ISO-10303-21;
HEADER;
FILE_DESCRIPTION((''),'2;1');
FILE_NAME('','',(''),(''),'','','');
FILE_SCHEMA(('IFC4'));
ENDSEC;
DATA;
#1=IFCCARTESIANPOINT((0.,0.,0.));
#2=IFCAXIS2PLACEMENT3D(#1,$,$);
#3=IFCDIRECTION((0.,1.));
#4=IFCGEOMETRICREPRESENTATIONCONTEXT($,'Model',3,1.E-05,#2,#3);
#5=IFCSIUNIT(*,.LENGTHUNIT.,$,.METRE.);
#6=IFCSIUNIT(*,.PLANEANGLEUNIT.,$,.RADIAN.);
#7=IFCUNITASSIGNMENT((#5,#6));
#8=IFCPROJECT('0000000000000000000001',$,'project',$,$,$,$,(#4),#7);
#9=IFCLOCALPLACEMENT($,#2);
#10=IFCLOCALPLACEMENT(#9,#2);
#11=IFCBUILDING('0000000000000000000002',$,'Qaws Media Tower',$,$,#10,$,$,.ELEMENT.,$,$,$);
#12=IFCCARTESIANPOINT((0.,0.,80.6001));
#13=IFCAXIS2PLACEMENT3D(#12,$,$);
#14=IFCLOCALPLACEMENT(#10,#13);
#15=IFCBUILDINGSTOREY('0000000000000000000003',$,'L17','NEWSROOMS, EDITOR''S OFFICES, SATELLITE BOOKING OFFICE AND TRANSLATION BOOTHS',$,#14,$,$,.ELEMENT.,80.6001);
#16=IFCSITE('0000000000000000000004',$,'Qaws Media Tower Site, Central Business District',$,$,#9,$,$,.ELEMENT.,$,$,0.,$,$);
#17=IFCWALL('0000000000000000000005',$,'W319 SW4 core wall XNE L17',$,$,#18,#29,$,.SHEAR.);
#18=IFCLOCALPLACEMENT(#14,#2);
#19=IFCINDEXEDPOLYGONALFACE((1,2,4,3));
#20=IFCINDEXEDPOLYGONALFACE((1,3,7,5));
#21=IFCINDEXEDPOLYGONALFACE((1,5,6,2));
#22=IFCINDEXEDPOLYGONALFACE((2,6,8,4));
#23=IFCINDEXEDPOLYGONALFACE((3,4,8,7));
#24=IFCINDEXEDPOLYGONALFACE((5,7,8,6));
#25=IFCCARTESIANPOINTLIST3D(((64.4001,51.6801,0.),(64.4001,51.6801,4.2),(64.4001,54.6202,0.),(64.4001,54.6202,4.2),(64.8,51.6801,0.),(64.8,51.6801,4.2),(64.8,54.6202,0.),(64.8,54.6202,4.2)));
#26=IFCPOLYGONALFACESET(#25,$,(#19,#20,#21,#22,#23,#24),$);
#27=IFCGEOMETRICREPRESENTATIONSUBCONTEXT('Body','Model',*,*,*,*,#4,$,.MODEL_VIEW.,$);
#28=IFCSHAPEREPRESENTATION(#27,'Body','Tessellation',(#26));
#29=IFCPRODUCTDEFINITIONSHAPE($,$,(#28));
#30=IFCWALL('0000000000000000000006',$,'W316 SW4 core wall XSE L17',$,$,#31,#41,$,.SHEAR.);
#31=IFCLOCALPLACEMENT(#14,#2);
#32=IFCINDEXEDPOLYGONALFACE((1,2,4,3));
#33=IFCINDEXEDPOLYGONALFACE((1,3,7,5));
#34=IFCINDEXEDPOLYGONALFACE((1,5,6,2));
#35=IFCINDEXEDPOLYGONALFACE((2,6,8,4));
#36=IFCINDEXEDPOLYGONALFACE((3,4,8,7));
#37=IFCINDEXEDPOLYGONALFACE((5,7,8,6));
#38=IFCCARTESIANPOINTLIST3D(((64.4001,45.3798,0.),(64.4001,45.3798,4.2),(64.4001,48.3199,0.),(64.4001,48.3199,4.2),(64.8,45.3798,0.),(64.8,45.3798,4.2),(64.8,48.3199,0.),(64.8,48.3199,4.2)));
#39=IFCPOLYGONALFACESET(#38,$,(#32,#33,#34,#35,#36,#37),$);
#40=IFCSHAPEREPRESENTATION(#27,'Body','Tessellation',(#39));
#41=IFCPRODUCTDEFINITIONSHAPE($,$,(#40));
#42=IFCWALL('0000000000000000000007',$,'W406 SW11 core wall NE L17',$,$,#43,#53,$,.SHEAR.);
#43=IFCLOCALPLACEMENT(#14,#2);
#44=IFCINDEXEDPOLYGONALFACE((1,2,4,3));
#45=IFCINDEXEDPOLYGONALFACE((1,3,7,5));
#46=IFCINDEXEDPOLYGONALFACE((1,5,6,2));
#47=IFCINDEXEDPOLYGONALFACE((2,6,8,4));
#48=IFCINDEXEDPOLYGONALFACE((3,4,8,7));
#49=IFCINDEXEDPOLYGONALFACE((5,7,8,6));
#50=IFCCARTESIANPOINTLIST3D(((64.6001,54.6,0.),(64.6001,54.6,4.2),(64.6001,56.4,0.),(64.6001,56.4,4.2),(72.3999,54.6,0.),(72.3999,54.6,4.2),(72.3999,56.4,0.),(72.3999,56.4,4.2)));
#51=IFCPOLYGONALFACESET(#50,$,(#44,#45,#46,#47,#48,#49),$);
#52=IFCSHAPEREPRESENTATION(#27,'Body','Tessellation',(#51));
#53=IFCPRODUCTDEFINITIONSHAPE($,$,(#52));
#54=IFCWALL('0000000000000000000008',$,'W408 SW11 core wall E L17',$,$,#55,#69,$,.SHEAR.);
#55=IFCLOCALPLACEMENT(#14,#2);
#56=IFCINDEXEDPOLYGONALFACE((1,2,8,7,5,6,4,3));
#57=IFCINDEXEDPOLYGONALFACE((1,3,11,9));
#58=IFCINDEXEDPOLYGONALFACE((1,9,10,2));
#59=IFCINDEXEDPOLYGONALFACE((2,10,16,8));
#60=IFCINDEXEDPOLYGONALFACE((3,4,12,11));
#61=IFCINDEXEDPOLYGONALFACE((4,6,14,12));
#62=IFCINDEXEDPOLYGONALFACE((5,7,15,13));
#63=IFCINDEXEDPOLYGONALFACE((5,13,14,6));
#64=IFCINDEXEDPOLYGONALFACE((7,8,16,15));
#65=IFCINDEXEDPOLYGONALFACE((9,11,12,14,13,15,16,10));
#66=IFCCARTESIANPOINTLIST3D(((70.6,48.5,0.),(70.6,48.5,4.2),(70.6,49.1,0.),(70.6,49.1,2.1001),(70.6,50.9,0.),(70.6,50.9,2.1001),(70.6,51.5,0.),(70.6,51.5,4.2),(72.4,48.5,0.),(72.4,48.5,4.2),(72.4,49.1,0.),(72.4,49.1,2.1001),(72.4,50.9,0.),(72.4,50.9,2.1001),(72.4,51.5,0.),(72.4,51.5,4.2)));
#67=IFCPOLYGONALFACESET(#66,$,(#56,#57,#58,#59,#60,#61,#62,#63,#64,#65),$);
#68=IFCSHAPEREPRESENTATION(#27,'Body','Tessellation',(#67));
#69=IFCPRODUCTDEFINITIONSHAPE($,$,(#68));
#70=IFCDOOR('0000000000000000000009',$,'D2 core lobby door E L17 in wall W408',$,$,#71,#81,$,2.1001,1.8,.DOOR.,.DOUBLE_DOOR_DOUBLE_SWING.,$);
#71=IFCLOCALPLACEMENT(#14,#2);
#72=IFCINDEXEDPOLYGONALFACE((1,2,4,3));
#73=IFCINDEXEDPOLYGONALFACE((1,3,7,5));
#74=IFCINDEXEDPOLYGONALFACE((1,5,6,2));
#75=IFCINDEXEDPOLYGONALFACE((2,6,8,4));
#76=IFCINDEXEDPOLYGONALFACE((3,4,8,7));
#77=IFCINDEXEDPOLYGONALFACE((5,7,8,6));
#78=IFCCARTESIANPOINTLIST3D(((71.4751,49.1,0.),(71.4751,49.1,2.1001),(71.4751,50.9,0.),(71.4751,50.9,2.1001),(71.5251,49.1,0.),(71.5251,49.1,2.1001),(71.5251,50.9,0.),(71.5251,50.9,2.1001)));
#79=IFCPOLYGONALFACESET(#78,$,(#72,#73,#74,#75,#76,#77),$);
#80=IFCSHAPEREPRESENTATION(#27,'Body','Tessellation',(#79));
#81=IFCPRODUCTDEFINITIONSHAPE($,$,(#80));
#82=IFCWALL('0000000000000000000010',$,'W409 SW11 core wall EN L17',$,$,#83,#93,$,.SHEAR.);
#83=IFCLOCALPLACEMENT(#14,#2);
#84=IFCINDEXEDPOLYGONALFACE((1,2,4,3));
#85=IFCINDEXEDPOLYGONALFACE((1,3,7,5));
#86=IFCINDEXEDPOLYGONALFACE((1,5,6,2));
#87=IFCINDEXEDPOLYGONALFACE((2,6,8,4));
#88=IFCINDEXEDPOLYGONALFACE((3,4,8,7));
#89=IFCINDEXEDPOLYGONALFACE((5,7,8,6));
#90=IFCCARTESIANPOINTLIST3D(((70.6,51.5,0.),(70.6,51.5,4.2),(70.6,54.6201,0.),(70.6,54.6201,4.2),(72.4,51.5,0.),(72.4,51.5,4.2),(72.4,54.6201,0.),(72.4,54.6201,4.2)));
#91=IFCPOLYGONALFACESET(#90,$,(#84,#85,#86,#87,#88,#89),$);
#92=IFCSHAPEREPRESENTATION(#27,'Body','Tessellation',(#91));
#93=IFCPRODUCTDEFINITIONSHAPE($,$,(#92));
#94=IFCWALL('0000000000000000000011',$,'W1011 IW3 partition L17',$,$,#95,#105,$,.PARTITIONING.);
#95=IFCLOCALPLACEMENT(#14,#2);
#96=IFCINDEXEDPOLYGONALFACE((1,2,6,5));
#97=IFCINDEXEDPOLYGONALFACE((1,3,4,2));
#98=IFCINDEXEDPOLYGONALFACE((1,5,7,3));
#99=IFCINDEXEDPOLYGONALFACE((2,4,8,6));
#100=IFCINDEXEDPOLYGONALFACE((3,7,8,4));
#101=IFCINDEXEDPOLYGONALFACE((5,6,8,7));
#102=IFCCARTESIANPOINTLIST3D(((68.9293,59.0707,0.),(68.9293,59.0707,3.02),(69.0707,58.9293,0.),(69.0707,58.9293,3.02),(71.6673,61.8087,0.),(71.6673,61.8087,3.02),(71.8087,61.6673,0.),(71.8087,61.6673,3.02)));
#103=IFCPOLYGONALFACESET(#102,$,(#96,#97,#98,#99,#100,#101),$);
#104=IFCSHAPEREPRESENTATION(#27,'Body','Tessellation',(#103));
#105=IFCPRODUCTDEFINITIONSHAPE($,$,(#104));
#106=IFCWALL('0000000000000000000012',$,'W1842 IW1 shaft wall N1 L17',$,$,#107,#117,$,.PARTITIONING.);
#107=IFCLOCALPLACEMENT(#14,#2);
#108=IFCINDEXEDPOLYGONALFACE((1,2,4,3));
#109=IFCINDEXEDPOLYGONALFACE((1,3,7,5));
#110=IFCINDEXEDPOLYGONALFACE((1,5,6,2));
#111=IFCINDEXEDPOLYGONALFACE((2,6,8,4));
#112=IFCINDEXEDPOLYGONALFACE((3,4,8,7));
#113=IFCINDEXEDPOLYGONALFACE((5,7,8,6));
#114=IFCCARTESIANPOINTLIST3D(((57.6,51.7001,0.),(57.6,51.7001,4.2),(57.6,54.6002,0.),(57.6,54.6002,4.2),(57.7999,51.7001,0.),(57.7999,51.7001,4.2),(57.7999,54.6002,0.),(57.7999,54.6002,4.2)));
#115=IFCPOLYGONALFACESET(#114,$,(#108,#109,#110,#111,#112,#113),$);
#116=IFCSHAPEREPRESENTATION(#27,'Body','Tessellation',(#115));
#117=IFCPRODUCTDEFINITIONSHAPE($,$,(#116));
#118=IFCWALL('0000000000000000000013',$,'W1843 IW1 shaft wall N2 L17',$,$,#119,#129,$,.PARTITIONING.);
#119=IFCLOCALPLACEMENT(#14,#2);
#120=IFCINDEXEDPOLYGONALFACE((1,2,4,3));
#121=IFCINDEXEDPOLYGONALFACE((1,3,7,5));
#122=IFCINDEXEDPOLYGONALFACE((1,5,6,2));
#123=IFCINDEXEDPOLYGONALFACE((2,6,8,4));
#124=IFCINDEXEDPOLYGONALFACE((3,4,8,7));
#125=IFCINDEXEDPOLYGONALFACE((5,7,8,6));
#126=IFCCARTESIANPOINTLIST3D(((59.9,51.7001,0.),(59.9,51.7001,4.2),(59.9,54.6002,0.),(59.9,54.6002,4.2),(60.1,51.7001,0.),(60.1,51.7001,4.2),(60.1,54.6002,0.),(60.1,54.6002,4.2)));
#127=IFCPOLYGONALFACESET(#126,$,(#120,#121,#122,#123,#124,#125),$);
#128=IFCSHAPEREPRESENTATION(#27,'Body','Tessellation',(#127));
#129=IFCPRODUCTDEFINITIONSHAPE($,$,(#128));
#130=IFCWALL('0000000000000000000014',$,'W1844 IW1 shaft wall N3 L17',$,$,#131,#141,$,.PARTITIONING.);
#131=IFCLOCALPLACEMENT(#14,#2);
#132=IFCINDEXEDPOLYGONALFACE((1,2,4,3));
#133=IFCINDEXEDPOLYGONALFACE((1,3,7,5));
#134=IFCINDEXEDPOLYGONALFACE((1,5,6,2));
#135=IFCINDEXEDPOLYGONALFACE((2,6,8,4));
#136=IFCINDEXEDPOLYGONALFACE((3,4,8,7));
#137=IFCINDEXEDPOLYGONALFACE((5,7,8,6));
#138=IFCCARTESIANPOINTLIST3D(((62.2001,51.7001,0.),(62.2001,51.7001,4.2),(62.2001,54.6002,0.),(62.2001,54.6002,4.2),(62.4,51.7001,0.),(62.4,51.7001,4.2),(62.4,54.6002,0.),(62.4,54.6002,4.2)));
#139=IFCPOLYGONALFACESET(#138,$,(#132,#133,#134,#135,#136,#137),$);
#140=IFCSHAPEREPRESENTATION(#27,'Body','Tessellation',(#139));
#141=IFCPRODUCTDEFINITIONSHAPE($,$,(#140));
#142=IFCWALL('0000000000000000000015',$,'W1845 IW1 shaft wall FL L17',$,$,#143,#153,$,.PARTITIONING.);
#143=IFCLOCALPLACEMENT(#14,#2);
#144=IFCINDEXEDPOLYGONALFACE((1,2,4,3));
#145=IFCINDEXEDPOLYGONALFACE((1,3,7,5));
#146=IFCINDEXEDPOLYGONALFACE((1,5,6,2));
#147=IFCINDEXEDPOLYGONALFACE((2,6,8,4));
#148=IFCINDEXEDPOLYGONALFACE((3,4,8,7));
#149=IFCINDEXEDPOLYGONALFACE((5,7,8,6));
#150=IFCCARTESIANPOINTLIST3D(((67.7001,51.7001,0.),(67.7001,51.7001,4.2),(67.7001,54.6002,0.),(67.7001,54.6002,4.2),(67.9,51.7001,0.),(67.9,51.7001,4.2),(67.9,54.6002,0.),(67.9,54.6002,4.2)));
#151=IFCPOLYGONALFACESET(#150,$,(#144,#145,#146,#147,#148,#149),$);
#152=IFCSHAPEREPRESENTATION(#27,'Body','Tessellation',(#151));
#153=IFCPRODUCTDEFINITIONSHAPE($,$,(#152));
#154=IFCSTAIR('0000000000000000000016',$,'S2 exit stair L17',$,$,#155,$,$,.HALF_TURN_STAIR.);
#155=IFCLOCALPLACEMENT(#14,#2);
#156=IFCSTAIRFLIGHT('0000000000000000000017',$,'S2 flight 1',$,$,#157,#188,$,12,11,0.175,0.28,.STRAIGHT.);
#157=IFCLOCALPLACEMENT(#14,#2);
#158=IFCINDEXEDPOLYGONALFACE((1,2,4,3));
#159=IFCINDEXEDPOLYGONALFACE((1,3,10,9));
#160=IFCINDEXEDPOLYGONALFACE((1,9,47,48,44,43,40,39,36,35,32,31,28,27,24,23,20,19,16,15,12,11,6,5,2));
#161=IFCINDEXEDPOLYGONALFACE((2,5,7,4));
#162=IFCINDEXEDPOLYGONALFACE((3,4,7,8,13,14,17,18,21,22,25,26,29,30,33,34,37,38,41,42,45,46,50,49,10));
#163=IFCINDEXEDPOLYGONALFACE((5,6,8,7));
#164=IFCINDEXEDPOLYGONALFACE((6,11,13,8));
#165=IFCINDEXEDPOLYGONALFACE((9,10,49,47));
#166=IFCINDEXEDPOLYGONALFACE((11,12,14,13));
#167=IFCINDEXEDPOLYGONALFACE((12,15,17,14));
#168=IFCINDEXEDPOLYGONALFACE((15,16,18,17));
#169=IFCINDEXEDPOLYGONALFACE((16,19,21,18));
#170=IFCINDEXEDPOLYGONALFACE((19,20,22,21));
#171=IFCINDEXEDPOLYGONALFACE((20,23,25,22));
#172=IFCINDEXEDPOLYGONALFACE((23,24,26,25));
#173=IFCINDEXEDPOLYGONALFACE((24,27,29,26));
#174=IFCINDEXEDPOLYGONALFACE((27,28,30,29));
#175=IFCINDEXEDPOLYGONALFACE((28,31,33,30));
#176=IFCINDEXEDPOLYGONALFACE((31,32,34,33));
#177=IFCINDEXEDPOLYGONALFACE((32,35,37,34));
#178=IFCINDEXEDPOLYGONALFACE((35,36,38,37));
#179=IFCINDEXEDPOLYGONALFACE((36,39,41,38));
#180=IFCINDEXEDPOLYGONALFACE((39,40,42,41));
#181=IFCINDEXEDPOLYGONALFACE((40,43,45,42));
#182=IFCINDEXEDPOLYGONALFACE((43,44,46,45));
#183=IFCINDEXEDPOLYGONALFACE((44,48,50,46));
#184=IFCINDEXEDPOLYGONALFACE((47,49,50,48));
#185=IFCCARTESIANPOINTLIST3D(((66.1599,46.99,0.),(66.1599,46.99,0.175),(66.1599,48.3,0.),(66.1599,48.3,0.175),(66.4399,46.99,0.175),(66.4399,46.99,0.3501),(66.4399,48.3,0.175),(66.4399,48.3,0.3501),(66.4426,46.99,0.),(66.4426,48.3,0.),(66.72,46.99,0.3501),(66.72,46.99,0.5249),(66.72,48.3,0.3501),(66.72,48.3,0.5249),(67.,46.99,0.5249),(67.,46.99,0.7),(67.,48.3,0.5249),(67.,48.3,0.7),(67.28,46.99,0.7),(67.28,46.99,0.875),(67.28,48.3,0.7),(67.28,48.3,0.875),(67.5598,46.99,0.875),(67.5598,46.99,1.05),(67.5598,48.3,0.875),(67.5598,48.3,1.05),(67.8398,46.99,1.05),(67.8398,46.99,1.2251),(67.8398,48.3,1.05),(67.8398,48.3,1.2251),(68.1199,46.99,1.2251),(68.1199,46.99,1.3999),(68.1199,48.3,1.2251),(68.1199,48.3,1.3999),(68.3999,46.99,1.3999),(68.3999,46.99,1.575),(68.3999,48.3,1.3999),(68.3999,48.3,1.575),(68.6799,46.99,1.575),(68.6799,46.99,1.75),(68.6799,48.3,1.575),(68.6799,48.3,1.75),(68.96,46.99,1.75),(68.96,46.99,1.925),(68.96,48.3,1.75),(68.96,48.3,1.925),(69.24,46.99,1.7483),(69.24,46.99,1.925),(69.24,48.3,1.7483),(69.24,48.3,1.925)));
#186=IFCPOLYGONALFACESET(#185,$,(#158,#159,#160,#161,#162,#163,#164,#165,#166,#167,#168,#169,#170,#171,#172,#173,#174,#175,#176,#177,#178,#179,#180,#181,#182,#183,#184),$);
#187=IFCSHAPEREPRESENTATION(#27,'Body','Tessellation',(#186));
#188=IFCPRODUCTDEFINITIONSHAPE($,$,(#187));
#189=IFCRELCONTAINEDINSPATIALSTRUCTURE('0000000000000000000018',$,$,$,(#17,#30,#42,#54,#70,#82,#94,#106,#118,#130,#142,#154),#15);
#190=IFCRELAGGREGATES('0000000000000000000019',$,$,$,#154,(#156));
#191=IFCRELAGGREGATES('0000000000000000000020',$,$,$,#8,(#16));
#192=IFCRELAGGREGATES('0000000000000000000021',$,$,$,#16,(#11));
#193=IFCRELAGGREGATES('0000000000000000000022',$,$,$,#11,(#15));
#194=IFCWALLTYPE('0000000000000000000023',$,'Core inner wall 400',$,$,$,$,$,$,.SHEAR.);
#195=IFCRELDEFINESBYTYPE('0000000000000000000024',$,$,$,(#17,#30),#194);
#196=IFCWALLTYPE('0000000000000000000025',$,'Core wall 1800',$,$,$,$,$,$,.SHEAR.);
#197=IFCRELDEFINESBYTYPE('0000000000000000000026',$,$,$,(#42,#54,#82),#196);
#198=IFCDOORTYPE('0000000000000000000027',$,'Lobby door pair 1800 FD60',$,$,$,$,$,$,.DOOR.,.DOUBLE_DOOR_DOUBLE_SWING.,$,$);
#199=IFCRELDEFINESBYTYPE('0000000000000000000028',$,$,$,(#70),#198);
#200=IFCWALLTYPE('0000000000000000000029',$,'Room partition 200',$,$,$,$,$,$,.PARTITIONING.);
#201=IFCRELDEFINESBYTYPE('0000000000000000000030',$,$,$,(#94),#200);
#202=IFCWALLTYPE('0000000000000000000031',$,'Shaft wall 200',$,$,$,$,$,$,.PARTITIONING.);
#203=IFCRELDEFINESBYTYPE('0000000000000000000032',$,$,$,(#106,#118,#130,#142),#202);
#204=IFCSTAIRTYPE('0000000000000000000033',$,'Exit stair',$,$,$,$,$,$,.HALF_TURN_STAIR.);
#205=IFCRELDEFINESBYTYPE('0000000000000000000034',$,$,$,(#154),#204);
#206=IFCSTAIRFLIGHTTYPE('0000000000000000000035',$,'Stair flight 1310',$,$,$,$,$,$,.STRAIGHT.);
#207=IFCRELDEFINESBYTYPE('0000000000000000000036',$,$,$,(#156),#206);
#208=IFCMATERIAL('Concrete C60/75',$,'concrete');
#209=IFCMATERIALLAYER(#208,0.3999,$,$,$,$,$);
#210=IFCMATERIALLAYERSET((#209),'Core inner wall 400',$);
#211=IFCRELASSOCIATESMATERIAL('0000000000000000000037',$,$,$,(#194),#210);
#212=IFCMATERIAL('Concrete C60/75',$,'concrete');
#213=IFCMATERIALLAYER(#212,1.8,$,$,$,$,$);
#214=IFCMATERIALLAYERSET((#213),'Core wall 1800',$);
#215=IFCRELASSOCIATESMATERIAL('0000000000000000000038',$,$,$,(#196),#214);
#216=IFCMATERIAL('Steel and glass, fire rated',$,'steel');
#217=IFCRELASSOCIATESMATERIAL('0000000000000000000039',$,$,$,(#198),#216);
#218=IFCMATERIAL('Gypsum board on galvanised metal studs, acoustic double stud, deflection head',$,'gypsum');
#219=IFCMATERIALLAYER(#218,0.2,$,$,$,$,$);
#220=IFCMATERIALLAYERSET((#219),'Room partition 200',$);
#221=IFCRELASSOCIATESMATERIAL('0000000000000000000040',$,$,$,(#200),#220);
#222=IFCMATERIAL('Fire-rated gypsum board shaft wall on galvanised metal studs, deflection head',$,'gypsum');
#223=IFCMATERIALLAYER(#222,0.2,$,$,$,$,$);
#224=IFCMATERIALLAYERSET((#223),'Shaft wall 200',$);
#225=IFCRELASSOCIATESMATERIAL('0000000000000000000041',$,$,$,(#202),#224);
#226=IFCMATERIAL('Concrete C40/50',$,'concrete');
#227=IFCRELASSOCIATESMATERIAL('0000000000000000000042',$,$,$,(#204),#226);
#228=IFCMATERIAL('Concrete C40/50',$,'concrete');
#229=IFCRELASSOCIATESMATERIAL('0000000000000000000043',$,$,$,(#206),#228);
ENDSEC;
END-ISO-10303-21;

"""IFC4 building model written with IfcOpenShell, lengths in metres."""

from ifc_helpers import new_model, si_unit, direction, frame, frame_2d, origin, place, context, subcontext, project, spatial, polyline, rectangle, outline, extrude, material, layer, layer_set, type_object, element, fill, aggregate, save


model = new_model("IFC4")

# Units and contexts
model_context = context("Model", 3, precision=1e-05, world=origin(), true_north=direction((0.0, 1.0)))
body_context = subcontext(model_context, "Body", "Model", "MODEL_VIEW")
ifc_project = project(units=[si_unit("LENGTHUNIT", "METRE"), si_unit("PLANEANGLEUNIT", "RADIAN")], contexts=[model_context])

# Site, building, storey
site_placement = place(None, origin())
site = spatial("IfcSite", under=ifc_project, at=site_placement, Name="Qaws Media Tower Site, Central Business District", CompositionType="ELEMENT", RefElevation=0.0)
building_placement = place(site_placement, origin())
building = spatial("IfcBuilding", under=site, at=building_placement, Name="Qaws Media Tower", CompositionType="ELEMENT")
storey_placement = place(building_placement, frame((0.0, 0.0, 80.6001)))
storey = spatial("IfcBuildingStorey", under=building, at=storey_placement, Name="L17", Description="NEWSROOMS, EDITOR'S OFFICES, SATELLITE BOOKING OFFICE AND TRANSLATION BOOTHS", CompositionType="ELEMENT", Elevation=80.6001)

# Shared definitions
ifc_material_1 = material(Name="Concrete C60/75", Category="concrete")
ifc_layer_1 = layer(ifc_material_1, 0.3999)
ifc_layer_set_1 = layer_set([ifc_layer_1], Name="Core inner wall 400")
wall_type_1 = type_object("IfcWallType", Name="Core inner wall 400", PredefinedType="SHEAR", material=ifc_layer_set_1)

# Walls
for number, where, z_axis, x_axis, name in (
    (1, (64.6001, 51.6799, 0.0), (0.0, 0.0, 1.0), (0.0, 1.0, 0.0), "W319 SW4 core wall XNE L17"),
    (2, (64.6001, 48.3201, 0.0), (0.0, 0.0, 1.0), (0.0, -1.0, 0.0), "W316 SW4 core wall XSE L17"),
):
    element("IfcWall", number, at=place(storey_placement, frame(where, z_axis=z_axis, x_axis=x_axis)), inside=storey, type_object=wall_type_1, Name=name, PredefinedType="SHEAR", context=body_context, shape_type="SweptSolid", body=[
        extrude(rectangle(XDim=2.9402, YDim=0.3999, at=frame_2d((1.4702, 0.0))), origin(), (0.0, 0.0, 1.0), 4.2),
    ])
ifc_material_2 = material(Name="Concrete C60/75", Category="concrete")
ifc_layer_2 = layer(ifc_material_2, 1.8)
ifc_layer_set_2 = layer_set([ifc_layer_2], Name="Core wall 1800")
wall_type_2 = type_object("IfcWallType", Name="Core wall 1800", PredefinedType="SHEAR", material=ifc_layer_set_2)
wall_1_placement = place(storey_placement, frame((64.6001, 55.5, 0.0), z_axis=(0.0, 0.0, 1.0), x_axis=(1.0, 0.0, 0.0)))
element("IfcWall", 3, at=wall_1_placement, inside=storey, type_object=wall_type_2, Name="W406 SW11 core wall NE L17", PredefinedType="SHEAR", context=body_context, shape_type="SweptSolid", body=[
    extrude(rectangle(XDim=7.7998, YDim=1.8, at=frame_2d((3.8999, 0.0))), origin(), (0.0, 0.0, 1.0), 4.2),
])

# Wall, opening, door
wall_2_placement = place(storey_placement, frame((71.5, 48.5, 0.0), z_axis=(0.0, 0.0, 1.0), x_axis=(0.0, 1.0, 0.0)))
wall_2 = element("IfcWall", 4, at=wall_2_placement, inside=storey, type_object=wall_type_2, Name="W408 SW11 core wall E L17", PredefinedType="SHEAR", context=body_context, shape_type="SweptSolid", body=[
    extrude(rectangle(XDim=3.0, YDim=1.8, at=frame_2d((1.5, 0.0))), origin(), (0.0, 0.0, 1.0), 4.2),
])
opening_1_placement = place(wall_2_placement, frame((0.6001, 0.0, 0.0)))
opening_1 = element("IfcOpeningElement", 5, at=opening_1_placement, cuts=wall_2, PredefinedType="OPENING", context=body_context, shape_type="SweptSolid", body=[
    extrude(rectangle(XDim=1.8, YDim=2.1001, at=frame_2d((0.8999, 1.05))), frame((0.0, 0.9099, 0.0), z_axis=(0.0, -1.0, 0.0), x_axis=(1.0, 0.0, 0.0)), (0.0, 0.0, 1.0), 1.8201),
])
ifc_material_3 = material(Name="Steel and glass, fire rated", Category="steel")
door_type_1 = type_object("IfcDoorType", Name="Lobby door pair 1800 FD60", OperationType="DOUBLE_DOOR_DOUBLE_SWING", PredefinedType="DOOR", material=ifc_material_3)
door_1_placement = place(opening_1_placement, origin())
door_1 = element("IfcDoor", 6, at=door_1_placement, inside=storey, type_object=door_type_1, Name="D2 core lobby door E L17 in wall W408", OperationType="DOUBLE_DOOR_DOUBLE_SWING", OverallHeight=2.1001, OverallWidth=1.8, PredefinedType="DOOR", context=body_context, shape_type="SweptSolid", body=[
    extrude(rectangle(XDim=1.8, YDim=2.1001, at=frame_2d((0.8999, 1.05))), frame((0.0, 0.0249, 0.0), z_axis=(0.0, -1.0, 0.0), x_axis=(1.0, 0.0, 0.0)), (0.0, 0.0, 1.0), 0.05),
])
fill(opening_1, door_1)

# Walls
wall_3_placement = place(storey_placement, frame((71.5, 51.5, 0.0), z_axis=(0.0, 0.0, 1.0), x_axis=(0.0, 1.0, 0.0)))
element("IfcWall", 7, at=wall_3_placement, inside=storey, type_object=wall_type_2, Name="W409 SW11 core wall EN L17", PredefinedType="SHEAR", context=body_context, shape_type="SweptSolid", body=[
    extrude(rectangle(XDim=3.1201, YDim=1.8, at=frame_2d((1.5601, 0.0))), origin(), (0.0, 0.0, 1.0), 4.2),
])
ifc_material_4 = material(Name="Gypsum board on galvanised metal studs, acoustic double stud, deflection head", Category="gypsum")
ifc_layer_3 = layer(ifc_material_4, 0.2)
ifc_layer_set_3 = layer_set([ifc_layer_3], Name="Room partition 200")
wall_type_3 = type_object("IfcWallType", Name="Room partition 200", PredefinedType="PARTITIONING", material=ifc_layer_set_3)
wall_4_placement = place(storey_placement, frame((69.0, 59.0, 0.0), z_axis=(0.0, 0.0, 1.0), x_axis=(0.707107, 0.707107, 0.0)))
element("IfcWall", 8, at=wall_4_placement, inside=storey, type_object=wall_type_3, Name="W1011 IW3 partition L17", PredefinedType="PARTITIONING", context=body_context, shape_type="SweptSolid", body=[
    extrude(rectangle(XDim=3.8721, YDim=0.2, at=frame_2d((1.936, 0.0))), origin(), (0.0, 0.0, 1.0), 3.02),
])
ifc_material_5 = material(Name="Fire-rated gypsum board shaft wall on galvanised metal studs, deflection head", Category="gypsum")
ifc_layer_4 = layer(ifc_material_5, 0.2)
ifc_layer_set_4 = layer_set([ifc_layer_4], Name="Shaft wall 200")
wall_type_4 = type_object("IfcWallType", Name="Shaft wall 200", PredefinedType="PARTITIONING", material=ifc_layer_set_4)
for number, where, z_axis, x_axis, name in (
    (9, (57.7, 51.7, 0.0), (0.0, 0.0, 1.0), (0.0, 1.0, 0.0), "W1842 IW1 shaft wall N1 L17"),
    (10, (60.0, 51.7, 0.0), (0.0, 0.0, 1.0), (0.0, 1.0, 0.0), "W1843 IW1 shaft wall N2 L17"),
    (11, (62.3, 51.7, 0.0), (0.0, 0.0, 1.0), (0.0, 1.0, 0.0), "W1844 IW1 shaft wall N3 L17"),
    (12, (67.8, 51.7, 0.0), (0.0, 0.0, 1.0), (0.0, 1.0, 0.0), "W1845 IW1 shaft wall FL L17"),
):
    element("IfcWall", number, at=place(storey_placement, frame(where, z_axis=z_axis, x_axis=x_axis)), inside=storey, type_object=wall_type_4, Name=name, PredefinedType="PARTITIONING", context=body_context, shape_type="SweptSolid", body=[
        extrude(rectangle(XDim=2.9001, YDim=0.2, at=frame_2d((1.4502, 0.0))), origin(), (0.0, 0.0, 1.0), 4.2),
    ])

# Stair, stair flight
ifc_material_6 = material(Name="Concrete C40/50", Category="concrete")
stair_type = type_object("IfcStairType", Name="Exit stair", PredefinedType="HALF_TURN_STAIR", material=ifc_material_6)
stair_placement = place(storey_placement, origin())
stair = element("IfcStair", 13, at=stair_placement, inside=storey, type_object=stair_type, Name="S2 exit stair L17", PredefinedType="HALF_TURN_STAIR")
ifc_material_7 = material(Name="Concrete C40/50", Category="concrete")
stair_flight_type = type_object("IfcStairFlightType", Name="Stair flight 1310", PredefinedType="STRAIGHT", material=ifc_material_7)
stair_flight_placement = place(storey_placement, frame((66.1599, 47.645, 0.0), z_axis=(0.0, 0.0, 1.0), x_axis=(1.0, 0.0, 0.0)))
stair_flight = element("IfcStairFlight", 14, at=stair_flight_placement, type_object=stair_flight_type, Name="S2 flight 1", NumberOfRisers=12, NumberOfTreads=11, PredefinedType="STRAIGHT", RiserHeight=0.175, TreadLength=0.28, context=body_context, shape_type="SweptSolid", body=[
    extrude(outline(polyline([(0.0, 0.0), (0.0, 0.175), (0.28, 0.175), (0.28, 0.3501), (0.5601, 0.3501), (0.5601, 0.5249), (0.8401, 0.5249), (0.8401, 0.7), (1.1201, 0.7), (1.1201, 0.875), (1.3999, 0.875), (1.3999, 1.05), (1.6799, 1.05), (1.6799, 1.2251), (1.96, 1.2251), (1.96, 1.3999), (2.24, 1.3999), (2.24, 1.575), (2.52, 1.575), (2.52, 1.75), (2.8, 1.75), (2.8, 1.925), (3.0801, 1.925), (3.0801, 2.1001), (3.0801, 1.7483), (0.2827, 0.0), (0.0, 0.0)])), frame((0.0, 0.655, 0.0), z_axis=(0.0, -1.0, 0.0), x_axis=(1.0, 0.0, 0.0)), (0.0, 0.0, 1.0), 1.3101),
])
aggregate(stair, [stair_flight])

save(model, "model.ifc")
